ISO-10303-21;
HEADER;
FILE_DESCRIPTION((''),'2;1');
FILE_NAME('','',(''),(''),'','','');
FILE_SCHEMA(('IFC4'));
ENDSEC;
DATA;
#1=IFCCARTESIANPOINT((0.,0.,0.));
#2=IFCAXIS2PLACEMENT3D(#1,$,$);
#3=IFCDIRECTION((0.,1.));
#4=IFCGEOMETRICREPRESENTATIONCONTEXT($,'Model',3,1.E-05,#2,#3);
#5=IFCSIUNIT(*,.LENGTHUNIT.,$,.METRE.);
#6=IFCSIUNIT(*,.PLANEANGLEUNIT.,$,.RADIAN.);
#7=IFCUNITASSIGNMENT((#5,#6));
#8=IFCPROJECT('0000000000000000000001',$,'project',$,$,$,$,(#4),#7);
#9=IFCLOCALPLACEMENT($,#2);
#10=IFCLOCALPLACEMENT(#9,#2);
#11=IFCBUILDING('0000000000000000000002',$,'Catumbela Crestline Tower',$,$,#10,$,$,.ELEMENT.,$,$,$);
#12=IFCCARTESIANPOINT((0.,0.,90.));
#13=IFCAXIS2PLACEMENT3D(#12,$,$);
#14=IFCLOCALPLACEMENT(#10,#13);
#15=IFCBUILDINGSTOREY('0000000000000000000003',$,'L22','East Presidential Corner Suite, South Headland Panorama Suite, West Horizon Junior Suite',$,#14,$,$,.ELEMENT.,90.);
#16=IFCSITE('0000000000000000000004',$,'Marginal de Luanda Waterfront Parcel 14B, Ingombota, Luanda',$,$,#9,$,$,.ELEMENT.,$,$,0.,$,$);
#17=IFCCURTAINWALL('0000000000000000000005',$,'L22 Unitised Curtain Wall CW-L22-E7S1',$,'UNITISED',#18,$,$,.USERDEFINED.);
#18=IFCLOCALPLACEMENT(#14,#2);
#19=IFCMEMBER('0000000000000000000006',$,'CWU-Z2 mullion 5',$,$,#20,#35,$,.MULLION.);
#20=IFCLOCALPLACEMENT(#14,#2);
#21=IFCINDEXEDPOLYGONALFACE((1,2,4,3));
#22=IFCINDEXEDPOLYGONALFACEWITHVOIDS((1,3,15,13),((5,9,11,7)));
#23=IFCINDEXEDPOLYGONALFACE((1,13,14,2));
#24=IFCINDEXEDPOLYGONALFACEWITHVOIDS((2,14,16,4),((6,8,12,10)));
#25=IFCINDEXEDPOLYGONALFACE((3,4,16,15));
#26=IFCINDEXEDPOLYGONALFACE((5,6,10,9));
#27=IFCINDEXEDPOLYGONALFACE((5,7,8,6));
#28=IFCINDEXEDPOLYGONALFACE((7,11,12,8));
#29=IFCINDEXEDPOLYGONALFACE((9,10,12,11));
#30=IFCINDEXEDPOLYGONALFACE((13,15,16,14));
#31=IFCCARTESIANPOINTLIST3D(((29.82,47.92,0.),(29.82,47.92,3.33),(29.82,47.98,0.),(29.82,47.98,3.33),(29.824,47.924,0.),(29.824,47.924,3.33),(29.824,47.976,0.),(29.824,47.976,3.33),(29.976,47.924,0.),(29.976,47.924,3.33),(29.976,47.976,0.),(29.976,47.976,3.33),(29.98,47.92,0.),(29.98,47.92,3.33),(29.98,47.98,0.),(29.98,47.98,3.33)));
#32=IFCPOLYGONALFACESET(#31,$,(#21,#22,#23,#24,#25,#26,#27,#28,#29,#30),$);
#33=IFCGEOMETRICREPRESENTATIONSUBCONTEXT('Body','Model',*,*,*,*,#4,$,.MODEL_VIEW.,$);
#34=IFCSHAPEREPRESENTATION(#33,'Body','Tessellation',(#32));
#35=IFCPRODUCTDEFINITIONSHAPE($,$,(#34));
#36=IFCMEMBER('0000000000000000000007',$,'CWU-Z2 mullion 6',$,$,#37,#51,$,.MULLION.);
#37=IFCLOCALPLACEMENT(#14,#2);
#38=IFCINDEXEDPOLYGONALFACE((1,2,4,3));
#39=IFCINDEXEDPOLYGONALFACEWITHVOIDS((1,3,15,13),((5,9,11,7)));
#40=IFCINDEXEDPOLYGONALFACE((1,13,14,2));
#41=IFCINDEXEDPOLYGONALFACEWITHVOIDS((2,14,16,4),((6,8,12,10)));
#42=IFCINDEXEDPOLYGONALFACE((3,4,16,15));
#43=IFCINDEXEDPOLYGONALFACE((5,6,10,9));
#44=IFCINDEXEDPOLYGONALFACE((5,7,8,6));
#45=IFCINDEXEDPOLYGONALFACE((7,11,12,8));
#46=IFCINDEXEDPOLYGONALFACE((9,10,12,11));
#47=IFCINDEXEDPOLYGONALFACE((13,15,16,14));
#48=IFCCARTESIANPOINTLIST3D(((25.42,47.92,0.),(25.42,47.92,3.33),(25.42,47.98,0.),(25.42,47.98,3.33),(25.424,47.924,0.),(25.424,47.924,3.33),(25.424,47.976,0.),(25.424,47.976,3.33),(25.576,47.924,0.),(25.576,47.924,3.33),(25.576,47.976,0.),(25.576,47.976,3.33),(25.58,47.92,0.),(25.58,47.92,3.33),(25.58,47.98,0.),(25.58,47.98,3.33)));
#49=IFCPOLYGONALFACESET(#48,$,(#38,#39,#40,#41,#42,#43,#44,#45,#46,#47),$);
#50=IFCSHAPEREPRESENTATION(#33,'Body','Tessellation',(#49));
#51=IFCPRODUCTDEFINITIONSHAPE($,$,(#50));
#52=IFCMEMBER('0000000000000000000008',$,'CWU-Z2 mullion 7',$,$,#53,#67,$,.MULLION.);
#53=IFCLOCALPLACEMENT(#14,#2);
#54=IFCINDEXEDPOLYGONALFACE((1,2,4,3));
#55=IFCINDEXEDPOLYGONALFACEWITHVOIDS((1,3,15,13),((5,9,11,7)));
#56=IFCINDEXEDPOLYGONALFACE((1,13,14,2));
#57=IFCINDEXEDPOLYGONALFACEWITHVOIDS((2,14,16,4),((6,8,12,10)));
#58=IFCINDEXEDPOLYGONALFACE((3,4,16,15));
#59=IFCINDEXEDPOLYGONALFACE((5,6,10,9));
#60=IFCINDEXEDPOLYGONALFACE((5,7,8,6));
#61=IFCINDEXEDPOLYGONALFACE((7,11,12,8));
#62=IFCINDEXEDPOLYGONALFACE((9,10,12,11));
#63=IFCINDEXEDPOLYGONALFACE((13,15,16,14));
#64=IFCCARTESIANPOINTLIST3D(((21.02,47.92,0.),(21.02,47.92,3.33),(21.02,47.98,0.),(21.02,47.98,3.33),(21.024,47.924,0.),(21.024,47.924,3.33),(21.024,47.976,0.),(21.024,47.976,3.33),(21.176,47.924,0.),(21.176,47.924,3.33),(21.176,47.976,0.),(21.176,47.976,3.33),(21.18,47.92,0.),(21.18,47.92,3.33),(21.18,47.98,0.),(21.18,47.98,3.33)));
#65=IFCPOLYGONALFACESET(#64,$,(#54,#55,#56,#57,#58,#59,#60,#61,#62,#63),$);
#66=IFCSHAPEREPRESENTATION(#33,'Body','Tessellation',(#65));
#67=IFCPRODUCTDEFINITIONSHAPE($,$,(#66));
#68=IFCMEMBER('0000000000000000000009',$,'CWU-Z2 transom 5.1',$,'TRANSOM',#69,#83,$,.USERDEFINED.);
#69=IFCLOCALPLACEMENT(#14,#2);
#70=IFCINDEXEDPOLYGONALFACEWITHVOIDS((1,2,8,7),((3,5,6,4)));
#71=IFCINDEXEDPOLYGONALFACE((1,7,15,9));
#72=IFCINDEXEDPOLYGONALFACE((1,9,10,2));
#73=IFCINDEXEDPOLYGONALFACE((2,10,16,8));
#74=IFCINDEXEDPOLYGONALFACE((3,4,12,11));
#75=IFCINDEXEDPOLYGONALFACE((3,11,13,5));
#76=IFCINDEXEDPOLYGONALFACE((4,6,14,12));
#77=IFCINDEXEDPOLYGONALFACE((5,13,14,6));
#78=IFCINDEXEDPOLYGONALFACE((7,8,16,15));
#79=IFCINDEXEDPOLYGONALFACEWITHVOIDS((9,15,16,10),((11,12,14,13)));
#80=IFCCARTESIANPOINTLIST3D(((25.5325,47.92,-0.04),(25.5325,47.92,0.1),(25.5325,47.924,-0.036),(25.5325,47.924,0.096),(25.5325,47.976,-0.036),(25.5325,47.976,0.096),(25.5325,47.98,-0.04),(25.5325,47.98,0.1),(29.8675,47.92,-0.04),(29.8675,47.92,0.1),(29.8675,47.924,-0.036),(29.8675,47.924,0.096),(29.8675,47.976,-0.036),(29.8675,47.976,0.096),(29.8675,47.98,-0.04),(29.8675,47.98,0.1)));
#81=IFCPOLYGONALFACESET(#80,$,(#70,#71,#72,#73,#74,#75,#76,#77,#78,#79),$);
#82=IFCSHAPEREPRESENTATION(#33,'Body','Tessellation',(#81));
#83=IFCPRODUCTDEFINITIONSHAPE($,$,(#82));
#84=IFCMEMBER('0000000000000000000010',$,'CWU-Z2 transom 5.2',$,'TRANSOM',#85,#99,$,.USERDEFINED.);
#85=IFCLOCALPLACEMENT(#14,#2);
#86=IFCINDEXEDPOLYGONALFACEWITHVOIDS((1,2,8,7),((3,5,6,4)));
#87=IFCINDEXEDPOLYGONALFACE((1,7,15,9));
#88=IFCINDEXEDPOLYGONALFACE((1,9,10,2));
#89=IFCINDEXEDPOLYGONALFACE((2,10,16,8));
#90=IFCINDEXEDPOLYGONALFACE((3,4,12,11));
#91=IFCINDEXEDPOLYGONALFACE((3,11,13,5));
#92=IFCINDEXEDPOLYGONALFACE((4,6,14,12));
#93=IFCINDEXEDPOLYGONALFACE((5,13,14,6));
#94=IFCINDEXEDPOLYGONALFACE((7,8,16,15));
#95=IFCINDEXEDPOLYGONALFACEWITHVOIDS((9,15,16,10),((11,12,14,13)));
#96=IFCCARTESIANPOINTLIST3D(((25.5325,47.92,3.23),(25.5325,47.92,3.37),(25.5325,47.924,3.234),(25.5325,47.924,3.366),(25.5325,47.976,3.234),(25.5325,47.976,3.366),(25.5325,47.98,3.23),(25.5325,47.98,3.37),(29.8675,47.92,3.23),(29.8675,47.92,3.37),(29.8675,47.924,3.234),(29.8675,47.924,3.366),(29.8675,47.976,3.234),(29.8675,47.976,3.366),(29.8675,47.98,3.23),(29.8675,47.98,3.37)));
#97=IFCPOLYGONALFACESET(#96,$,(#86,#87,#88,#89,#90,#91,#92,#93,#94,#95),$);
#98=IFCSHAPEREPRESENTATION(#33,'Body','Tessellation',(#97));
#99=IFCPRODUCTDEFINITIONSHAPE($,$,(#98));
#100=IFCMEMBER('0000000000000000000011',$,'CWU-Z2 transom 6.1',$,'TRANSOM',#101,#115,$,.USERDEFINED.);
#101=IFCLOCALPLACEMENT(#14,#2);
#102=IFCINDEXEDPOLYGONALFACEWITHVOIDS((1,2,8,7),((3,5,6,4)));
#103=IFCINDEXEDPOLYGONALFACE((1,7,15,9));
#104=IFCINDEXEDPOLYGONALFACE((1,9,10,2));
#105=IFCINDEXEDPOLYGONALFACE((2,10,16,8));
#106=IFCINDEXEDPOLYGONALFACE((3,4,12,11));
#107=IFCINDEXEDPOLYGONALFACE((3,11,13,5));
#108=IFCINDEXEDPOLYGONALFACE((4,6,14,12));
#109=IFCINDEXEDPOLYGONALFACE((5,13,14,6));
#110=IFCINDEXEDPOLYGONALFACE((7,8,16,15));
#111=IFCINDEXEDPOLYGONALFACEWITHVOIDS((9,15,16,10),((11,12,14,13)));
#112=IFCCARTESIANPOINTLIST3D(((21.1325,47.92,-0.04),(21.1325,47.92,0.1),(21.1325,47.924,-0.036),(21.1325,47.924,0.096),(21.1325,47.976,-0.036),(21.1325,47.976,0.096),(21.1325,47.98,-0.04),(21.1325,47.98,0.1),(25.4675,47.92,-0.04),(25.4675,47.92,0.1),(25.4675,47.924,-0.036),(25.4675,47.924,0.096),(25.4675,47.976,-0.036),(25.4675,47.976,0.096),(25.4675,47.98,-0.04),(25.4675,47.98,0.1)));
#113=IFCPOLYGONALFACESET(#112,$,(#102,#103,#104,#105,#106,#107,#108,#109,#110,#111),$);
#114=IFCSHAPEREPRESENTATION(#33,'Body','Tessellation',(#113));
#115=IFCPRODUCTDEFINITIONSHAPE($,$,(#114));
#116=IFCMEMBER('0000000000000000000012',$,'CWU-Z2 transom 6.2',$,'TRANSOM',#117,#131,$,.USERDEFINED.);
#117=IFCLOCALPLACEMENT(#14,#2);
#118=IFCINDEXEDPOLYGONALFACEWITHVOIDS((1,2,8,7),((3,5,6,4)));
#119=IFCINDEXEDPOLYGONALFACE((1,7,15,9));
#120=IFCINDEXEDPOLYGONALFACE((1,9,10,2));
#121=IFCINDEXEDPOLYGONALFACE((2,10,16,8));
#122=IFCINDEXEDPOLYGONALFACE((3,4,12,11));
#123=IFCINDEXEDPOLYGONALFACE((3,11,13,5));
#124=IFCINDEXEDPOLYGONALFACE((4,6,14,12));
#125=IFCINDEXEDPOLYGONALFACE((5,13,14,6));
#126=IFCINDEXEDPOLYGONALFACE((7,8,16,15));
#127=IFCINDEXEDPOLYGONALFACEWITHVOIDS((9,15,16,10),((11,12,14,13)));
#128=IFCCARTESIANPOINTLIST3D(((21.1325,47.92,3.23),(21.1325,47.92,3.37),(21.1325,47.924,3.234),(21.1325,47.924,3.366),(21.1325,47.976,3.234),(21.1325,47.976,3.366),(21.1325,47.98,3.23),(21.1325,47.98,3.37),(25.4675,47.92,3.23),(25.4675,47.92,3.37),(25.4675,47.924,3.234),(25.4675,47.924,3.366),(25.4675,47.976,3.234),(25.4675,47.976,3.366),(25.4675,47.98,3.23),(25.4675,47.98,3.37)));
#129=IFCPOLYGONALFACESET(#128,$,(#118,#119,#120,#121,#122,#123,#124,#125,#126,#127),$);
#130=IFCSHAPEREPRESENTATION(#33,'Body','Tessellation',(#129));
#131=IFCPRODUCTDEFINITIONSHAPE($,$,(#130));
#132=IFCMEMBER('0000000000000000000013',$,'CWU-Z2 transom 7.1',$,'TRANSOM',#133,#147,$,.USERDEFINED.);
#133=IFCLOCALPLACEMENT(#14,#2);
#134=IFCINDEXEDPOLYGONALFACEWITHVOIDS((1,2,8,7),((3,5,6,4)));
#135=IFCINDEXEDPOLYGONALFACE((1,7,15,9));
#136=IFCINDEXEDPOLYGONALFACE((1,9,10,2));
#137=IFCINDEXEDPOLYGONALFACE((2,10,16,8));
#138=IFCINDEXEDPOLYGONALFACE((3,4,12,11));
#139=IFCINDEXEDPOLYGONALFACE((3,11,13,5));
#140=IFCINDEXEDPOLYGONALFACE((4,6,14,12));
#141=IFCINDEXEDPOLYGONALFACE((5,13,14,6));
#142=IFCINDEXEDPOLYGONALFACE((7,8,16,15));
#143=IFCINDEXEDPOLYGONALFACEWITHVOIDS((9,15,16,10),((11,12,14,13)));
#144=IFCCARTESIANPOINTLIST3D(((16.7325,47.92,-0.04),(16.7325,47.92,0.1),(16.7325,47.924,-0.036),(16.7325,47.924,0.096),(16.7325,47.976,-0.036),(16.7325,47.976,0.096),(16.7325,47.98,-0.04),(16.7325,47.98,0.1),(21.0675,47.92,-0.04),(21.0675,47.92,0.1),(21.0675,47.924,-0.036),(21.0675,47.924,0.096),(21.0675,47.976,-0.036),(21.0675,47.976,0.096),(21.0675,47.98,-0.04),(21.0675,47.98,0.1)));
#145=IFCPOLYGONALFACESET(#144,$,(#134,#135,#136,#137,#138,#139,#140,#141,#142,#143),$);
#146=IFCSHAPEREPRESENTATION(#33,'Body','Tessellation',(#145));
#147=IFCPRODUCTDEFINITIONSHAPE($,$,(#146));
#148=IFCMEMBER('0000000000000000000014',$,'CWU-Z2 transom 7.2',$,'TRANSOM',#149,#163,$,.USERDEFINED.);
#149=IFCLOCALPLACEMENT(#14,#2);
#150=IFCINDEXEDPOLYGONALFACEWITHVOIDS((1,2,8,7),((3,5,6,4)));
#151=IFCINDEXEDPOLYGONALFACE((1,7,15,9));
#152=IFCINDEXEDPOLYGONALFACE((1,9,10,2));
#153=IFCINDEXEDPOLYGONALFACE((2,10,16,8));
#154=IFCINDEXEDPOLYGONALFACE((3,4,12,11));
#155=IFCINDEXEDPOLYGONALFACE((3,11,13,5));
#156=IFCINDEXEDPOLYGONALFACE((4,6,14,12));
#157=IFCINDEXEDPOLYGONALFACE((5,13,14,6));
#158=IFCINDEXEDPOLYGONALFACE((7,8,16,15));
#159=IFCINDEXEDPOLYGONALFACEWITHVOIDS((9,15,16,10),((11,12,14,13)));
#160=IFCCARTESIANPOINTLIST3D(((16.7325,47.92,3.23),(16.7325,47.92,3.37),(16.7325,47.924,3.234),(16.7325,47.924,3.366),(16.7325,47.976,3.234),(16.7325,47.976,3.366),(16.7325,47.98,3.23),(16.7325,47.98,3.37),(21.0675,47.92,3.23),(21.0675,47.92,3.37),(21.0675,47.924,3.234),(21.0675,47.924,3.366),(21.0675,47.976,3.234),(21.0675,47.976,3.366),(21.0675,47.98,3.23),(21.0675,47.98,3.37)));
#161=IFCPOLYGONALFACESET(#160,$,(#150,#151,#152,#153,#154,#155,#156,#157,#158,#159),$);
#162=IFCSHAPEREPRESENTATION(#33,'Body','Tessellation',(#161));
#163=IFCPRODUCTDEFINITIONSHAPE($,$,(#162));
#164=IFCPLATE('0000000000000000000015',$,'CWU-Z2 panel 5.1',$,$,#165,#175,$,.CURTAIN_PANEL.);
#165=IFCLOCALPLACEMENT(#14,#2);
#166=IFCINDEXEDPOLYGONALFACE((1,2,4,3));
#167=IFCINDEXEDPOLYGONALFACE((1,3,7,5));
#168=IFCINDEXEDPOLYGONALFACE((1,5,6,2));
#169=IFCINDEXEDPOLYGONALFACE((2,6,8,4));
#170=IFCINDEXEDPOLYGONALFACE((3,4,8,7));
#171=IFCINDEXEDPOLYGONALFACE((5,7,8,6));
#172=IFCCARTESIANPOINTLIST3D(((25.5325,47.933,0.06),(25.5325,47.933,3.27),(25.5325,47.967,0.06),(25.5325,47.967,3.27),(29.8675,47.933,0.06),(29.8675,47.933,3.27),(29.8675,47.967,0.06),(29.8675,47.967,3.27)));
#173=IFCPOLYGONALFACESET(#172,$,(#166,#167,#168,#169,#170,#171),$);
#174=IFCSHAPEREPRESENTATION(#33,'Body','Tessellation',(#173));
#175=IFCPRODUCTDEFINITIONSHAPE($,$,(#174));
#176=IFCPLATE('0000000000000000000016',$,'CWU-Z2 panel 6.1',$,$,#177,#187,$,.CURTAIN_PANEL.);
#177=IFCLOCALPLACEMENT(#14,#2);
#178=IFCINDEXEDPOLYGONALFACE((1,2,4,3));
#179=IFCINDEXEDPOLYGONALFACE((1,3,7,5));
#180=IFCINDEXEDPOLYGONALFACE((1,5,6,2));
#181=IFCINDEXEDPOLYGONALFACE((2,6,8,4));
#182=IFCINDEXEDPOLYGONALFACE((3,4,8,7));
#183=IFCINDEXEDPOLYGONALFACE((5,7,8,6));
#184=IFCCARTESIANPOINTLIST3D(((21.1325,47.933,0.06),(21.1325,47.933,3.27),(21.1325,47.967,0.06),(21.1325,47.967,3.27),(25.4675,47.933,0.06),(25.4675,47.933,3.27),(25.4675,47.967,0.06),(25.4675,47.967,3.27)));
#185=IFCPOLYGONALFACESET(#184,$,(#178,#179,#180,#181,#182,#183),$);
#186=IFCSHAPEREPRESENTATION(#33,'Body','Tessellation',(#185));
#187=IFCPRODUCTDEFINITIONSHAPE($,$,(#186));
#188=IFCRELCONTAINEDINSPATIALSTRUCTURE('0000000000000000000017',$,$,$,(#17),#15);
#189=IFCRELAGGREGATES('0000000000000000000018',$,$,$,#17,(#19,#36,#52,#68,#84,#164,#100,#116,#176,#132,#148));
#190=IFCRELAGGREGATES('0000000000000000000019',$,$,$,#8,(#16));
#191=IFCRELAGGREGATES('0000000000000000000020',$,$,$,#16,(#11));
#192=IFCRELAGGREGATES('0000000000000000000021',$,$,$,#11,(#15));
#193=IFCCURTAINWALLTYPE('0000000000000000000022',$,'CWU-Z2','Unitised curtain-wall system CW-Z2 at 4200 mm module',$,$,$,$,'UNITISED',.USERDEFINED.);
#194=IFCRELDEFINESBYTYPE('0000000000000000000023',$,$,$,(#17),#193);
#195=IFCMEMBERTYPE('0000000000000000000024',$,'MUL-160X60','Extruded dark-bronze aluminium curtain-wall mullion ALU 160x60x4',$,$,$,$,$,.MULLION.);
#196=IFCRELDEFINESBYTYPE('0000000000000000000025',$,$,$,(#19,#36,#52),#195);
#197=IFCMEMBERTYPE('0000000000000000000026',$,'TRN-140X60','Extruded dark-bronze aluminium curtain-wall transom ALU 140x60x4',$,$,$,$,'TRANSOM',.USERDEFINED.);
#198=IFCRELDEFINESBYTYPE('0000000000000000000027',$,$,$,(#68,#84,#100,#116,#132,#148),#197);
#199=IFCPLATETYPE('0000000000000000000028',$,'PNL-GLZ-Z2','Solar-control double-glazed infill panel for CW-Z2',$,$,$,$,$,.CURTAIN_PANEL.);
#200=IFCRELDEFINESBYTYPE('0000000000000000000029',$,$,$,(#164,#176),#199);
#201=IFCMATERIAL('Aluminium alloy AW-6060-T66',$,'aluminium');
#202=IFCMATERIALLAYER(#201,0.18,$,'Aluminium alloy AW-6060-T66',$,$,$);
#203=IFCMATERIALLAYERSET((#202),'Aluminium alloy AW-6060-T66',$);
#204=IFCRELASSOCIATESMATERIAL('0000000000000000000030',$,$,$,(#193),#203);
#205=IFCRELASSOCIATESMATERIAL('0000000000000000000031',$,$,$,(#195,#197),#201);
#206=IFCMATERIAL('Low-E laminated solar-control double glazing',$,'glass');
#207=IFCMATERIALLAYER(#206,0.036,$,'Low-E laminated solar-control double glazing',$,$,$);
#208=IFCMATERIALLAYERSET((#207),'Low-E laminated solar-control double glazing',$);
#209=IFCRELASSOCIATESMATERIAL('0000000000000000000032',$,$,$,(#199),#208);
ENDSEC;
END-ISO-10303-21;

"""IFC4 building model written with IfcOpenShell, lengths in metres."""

from ifc_helpers import new_model, si_unit, direction, frame, origin, origin_2d, place, context, subcontext, project, spatial, rectangle, hollow_rectangle, extrude, material, layer, layer_set, material_profile, profile_set, type_object, element, aggregate, save


model = new_model("IFC4")

# Units and contexts
model_context = context("Model", 3, precision=1e-05, world=origin(), true_north=direction((0.0, 1.0)))
body_context = subcontext(model_context, "Body", "Model", "MODEL_VIEW")
ifc_project = project(units=[si_unit("LENGTHUNIT", "METRE"), si_unit("PLANEANGLEUNIT", "RADIAN")], contexts=[model_context])

# Site, building, storey
site_placement = place(None, origin())
site = spatial("IfcSite", under=ifc_project, at=site_placement, Name="Marginal de Luanda Waterfront Parcel 14B, Ingombota, Luanda", CompositionType="ELEMENT", RefElevation=0.0)
building_placement = place(site_placement, origin())
building = spatial("IfcBuilding", under=site, at=building_placement, Name="Catumbela Crestline Tower", CompositionType="ELEMENT")
storey_placement = place(building_placement, frame((0.0, 0.0, 90.0)))
storey = spatial("IfcBuildingStorey", under=building, at=storey_placement, Name="L22", Description="East Presidential Corner Suite, South Headland Panorama Suite, West Horizon Junior Suite", CompositionType="ELEMENT", Elevation=90.0)

# Curtain wall, members, plates
ifc_material_1 = material(Name="Aluminium alloy AW-6060-T66", Category="aluminium")
ifc_layer_1 = layer(ifc_material_1, 0.18, Name="Aluminium alloy AW-6060-T66")
ifc_layer_set_1 = layer_set([ifc_layer_1], Name="Aluminium alloy AW-6060-T66")
curtain_wall_type = type_object("IfcCurtainWallType", Name="CWU-Z2", Description="Unitised curtain-wall system CW-Z2 at 4200 mm module", ElementType="UNITISED", PredefinedType="USERDEFINED", material=ifc_layer_set_1)
curtain_wall_placement = place(storey_placement, origin())
curtain_wall = element("IfcCurtainWall", 1, at=curtain_wall_placement, inside=storey, type_object=curtain_wall_type, Name="L22 Unitised Curtain Wall CW-L22-E7S1", ObjectType="UNITISED", PredefinedType="USERDEFINED")
ifc_material_profile_1 = material_profile(ifc_material_1, hollow_rectangle(XDim=0.06, YDim=0.16, WallThickness=0.004, at=origin_2d()), Name="ALU 160x60x4")
ifc_profile_set_1 = profile_set([ifc_material_profile_1], Name="Aluminium alloy AW-6060-T66")
member_type_1 = type_object("IfcMemberType", Name="MUL-160X60", Description="Extruded dark-bronze aluminium curtain-wall mullion ALU 160x60x4", PredefinedType="MULLION", material=ifc_profile_set_1)
member_1_placement = place(storey_placement, frame((29.9, 47.95, 0.0), z_axis=(0.0, 0.0, 1.0), x_axis=(0.0, -1.0, 0.0)))
member_1 = element("IfcMember", 2, at=member_1_placement, type_object=member_type_1, Name="CWU-Z2 mullion 5", PredefinedType="MULLION", context=body_context, shape_type="SweptSolid", body=[
    extrude(hollow_rectangle(XDim=0.06, YDim=0.16, WallThickness=0.004, at=origin_2d()), origin(), (0.0, 0.0, 1.0), 3.33),
])
member_2_placement = place(storey_placement, frame((25.5, 47.95, 0.0), z_axis=(0.0, 0.0, 1.0), x_axis=(0.0, -1.0, 0.0)))
member_2 = element("IfcMember", 3, at=member_2_placement, type_object=member_type_1, Name="CWU-Z2 mullion 6", PredefinedType="MULLION", context=body_context, shape_type="SweptSolid", body=[
    extrude(hollow_rectangle(XDim=0.06, YDim=0.16, WallThickness=0.004, at=origin_2d()), origin(), (0.0, 0.0, 1.0), 3.33),
])
member_3_placement = place(storey_placement, frame((21.1, 47.95, 0.0), z_axis=(0.0, 0.0, 1.0), x_axis=(0.0, -1.0, 0.0)))
member_3 = element("IfcMember", 4, at=member_3_placement, type_object=member_type_1, Name="CWU-Z2 mullion 7", PredefinedType="MULLION", context=body_context, shape_type="SweptSolid", body=[
    extrude(hollow_rectangle(XDim=0.06, YDim=0.16, WallThickness=0.004, at=origin_2d()), origin(), (0.0, 0.0, 1.0), 3.33),
])
ifc_material_profile_2 = material_profile(ifc_material_1, hollow_rectangle(XDim=0.06, YDim=0.14, WallThickness=0.004, at=origin_2d()), Name="ALU 140x60x4")
ifc_profile_set_2 = profile_set([ifc_material_profile_2], Name="Aluminium alloy AW-6060-T66")
member_type_2 = type_object("IfcMemberType", Name="TRN-140X60", Description="Extruded dark-bronze aluminium curtain-wall transom ALU 140x60x4", ElementType="TRANSOM", PredefinedType="USERDEFINED", material=ifc_profile_set_2)
member_4_placement = place(storey_placement, frame((29.8675, 47.95, 0.03), z_axis=(-1.0, 0.0, 0.0), x_axis=(0.0, -1.0, 0.0)))
member_4 = element("IfcMember", 5, at=member_4_placement, type_object=member_type_2, Name="CWU-Z2 transom 5.1", ObjectType="TRANSOM", PredefinedType="USERDEFINED", context=body_context, shape_type="SweptSolid", body=[
    extrude(hollow_rectangle(XDim=0.06, YDim=0.14, WallThickness=0.004, at=origin_2d()), origin(), (0.0, 0.0, 1.0), 4.335),
])
member_5_placement = place(storey_placement, frame((29.8675, 47.95, 3.3), z_axis=(-1.0, 0.0, 0.0), x_axis=(0.0, -1.0, 0.0)))
member_5 = element("IfcMember", 6, at=member_5_placement, type_object=member_type_2, Name="CWU-Z2 transom 5.2", ObjectType="TRANSOM", PredefinedType="USERDEFINED", context=body_context, shape_type="SweptSolid", body=[
    extrude(hollow_rectangle(XDim=0.06, YDim=0.14, WallThickness=0.004, at=origin_2d()), origin(), (0.0, 0.0, 1.0), 4.335),
])
member_6_placement = place(storey_placement, frame((25.4675, 47.95, 0.03), z_axis=(-1.0, 0.0, 0.0), x_axis=(0.0, -1.0, 0.0)))
member_6 = element("IfcMember", 7, at=member_6_placement, type_object=member_type_2, Name="CWU-Z2 transom 6.1", ObjectType="TRANSOM", PredefinedType="USERDEFINED", context=body_context, shape_type="SweptSolid", body=[
    extrude(hollow_rectangle(XDim=0.06, YDim=0.14, WallThickness=0.004, at=origin_2d()), origin(), (0.0, 0.0, 1.0), 4.335),
])
member_7_placement = place(storey_placement, frame((25.4675, 47.95, 3.3), z_axis=(-1.0, 0.0, 0.0), x_axis=(0.0, -1.0, 0.0)))
member_7 = element("IfcMember", 8, at=member_7_placement, type_object=member_type_2, Name="CWU-Z2 transom 6.2", ObjectType="TRANSOM", PredefinedType="USERDEFINED", context=body_context, shape_type="SweptSolid", body=[
    extrude(hollow_rectangle(XDim=0.06, YDim=0.14, WallThickness=0.004, at=origin_2d()), origin(), (0.0, 0.0, 1.0), 4.335),
])
member_8_placement = place(storey_placement, frame((21.0675, 47.95, 0.03), z_axis=(-1.0, 0.0, 0.0), x_axis=(0.0, -1.0, 0.0)))
member_8 = element("IfcMember", 9, at=member_8_placement, type_object=member_type_2, Name="CWU-Z2 transom 7.1", ObjectType="TRANSOM", PredefinedType="USERDEFINED", context=body_context, shape_type="SweptSolid", body=[
    extrude(hollow_rectangle(XDim=0.06, YDim=0.14, WallThickness=0.004, at=origin_2d()), origin(), (0.0, 0.0, 1.0), 4.335),
])
member_9_placement = place(storey_placement, frame((21.0675, 47.95, 3.3), z_axis=(-1.0, 0.0, 0.0), x_axis=(0.0, -1.0, 0.0)))
member_9 = element("IfcMember", 10, at=member_9_placement, type_object=member_type_2, Name="CWU-Z2 transom 7.2", ObjectType="TRANSOM", PredefinedType="USERDEFINED", context=body_context, shape_type="SweptSolid", body=[
    extrude(hollow_rectangle(XDim=0.06, YDim=0.14, WallThickness=0.004, at=origin_2d()), origin(), (0.0, 0.0, 1.0), 4.335),
])
ifc_material_2 = material(Name="Low-E laminated solar-control double glazing", Category="glass")
ifc_layer_2 = layer(ifc_material_2, 0.036, Name="Low-E laminated solar-control double glazing")
ifc_layer_set_2 = layer_set([ifc_layer_2], Name="Low-E laminated solar-control double glazing")
plate_type = type_object("IfcPlateType", Name="PNL-GLZ-Z2", Description="Solar-control double-glazed infill panel for CW-Z2", PredefinedType="CURTAIN_PANEL", material=ifc_layer_set_2)
plate_1_placement = place(storey_placement, frame((27.7, 47.95, 0.06), z_axis=(0.0, 0.0, 1.0), x_axis=(-1.0, 0.0, 0.0)))
plate_1 = element("IfcPlate", 11, at=plate_1_placement, type_object=plate_type, Name="CWU-Z2 panel 5.1", PredefinedType="CURTAIN_PANEL", context=body_context, shape_type="SweptSolid", body=[
    extrude(rectangle(XDim=4.335, YDim=0.034, at=origin_2d()), origin(), (0.0, 0.0, 1.0), 3.21),
])
plate_2_placement = place(storey_placement, frame((23.3, 47.95, 0.06), z_axis=(0.0, 0.0, 1.0), x_axis=(-1.0, 0.0, 0.0)))
plate_2 = element("IfcPlate", 12, at=plate_2_placement, type_object=plate_type, Name="CWU-Z2 panel 6.1", PredefinedType="CURTAIN_PANEL", context=body_context, shape_type="SweptSolid", body=[
    extrude(rectangle(XDim=4.335, YDim=0.034, at=origin_2d()), origin(), (0.0, 0.0, 1.0), 3.21),
])
aggregate(curtain_wall, [member_1, member_2, member_3, member_4, member_5, plate_1, member_6, member_7, plate_2, member_8, member_9])

save(model, "model.ifc")
